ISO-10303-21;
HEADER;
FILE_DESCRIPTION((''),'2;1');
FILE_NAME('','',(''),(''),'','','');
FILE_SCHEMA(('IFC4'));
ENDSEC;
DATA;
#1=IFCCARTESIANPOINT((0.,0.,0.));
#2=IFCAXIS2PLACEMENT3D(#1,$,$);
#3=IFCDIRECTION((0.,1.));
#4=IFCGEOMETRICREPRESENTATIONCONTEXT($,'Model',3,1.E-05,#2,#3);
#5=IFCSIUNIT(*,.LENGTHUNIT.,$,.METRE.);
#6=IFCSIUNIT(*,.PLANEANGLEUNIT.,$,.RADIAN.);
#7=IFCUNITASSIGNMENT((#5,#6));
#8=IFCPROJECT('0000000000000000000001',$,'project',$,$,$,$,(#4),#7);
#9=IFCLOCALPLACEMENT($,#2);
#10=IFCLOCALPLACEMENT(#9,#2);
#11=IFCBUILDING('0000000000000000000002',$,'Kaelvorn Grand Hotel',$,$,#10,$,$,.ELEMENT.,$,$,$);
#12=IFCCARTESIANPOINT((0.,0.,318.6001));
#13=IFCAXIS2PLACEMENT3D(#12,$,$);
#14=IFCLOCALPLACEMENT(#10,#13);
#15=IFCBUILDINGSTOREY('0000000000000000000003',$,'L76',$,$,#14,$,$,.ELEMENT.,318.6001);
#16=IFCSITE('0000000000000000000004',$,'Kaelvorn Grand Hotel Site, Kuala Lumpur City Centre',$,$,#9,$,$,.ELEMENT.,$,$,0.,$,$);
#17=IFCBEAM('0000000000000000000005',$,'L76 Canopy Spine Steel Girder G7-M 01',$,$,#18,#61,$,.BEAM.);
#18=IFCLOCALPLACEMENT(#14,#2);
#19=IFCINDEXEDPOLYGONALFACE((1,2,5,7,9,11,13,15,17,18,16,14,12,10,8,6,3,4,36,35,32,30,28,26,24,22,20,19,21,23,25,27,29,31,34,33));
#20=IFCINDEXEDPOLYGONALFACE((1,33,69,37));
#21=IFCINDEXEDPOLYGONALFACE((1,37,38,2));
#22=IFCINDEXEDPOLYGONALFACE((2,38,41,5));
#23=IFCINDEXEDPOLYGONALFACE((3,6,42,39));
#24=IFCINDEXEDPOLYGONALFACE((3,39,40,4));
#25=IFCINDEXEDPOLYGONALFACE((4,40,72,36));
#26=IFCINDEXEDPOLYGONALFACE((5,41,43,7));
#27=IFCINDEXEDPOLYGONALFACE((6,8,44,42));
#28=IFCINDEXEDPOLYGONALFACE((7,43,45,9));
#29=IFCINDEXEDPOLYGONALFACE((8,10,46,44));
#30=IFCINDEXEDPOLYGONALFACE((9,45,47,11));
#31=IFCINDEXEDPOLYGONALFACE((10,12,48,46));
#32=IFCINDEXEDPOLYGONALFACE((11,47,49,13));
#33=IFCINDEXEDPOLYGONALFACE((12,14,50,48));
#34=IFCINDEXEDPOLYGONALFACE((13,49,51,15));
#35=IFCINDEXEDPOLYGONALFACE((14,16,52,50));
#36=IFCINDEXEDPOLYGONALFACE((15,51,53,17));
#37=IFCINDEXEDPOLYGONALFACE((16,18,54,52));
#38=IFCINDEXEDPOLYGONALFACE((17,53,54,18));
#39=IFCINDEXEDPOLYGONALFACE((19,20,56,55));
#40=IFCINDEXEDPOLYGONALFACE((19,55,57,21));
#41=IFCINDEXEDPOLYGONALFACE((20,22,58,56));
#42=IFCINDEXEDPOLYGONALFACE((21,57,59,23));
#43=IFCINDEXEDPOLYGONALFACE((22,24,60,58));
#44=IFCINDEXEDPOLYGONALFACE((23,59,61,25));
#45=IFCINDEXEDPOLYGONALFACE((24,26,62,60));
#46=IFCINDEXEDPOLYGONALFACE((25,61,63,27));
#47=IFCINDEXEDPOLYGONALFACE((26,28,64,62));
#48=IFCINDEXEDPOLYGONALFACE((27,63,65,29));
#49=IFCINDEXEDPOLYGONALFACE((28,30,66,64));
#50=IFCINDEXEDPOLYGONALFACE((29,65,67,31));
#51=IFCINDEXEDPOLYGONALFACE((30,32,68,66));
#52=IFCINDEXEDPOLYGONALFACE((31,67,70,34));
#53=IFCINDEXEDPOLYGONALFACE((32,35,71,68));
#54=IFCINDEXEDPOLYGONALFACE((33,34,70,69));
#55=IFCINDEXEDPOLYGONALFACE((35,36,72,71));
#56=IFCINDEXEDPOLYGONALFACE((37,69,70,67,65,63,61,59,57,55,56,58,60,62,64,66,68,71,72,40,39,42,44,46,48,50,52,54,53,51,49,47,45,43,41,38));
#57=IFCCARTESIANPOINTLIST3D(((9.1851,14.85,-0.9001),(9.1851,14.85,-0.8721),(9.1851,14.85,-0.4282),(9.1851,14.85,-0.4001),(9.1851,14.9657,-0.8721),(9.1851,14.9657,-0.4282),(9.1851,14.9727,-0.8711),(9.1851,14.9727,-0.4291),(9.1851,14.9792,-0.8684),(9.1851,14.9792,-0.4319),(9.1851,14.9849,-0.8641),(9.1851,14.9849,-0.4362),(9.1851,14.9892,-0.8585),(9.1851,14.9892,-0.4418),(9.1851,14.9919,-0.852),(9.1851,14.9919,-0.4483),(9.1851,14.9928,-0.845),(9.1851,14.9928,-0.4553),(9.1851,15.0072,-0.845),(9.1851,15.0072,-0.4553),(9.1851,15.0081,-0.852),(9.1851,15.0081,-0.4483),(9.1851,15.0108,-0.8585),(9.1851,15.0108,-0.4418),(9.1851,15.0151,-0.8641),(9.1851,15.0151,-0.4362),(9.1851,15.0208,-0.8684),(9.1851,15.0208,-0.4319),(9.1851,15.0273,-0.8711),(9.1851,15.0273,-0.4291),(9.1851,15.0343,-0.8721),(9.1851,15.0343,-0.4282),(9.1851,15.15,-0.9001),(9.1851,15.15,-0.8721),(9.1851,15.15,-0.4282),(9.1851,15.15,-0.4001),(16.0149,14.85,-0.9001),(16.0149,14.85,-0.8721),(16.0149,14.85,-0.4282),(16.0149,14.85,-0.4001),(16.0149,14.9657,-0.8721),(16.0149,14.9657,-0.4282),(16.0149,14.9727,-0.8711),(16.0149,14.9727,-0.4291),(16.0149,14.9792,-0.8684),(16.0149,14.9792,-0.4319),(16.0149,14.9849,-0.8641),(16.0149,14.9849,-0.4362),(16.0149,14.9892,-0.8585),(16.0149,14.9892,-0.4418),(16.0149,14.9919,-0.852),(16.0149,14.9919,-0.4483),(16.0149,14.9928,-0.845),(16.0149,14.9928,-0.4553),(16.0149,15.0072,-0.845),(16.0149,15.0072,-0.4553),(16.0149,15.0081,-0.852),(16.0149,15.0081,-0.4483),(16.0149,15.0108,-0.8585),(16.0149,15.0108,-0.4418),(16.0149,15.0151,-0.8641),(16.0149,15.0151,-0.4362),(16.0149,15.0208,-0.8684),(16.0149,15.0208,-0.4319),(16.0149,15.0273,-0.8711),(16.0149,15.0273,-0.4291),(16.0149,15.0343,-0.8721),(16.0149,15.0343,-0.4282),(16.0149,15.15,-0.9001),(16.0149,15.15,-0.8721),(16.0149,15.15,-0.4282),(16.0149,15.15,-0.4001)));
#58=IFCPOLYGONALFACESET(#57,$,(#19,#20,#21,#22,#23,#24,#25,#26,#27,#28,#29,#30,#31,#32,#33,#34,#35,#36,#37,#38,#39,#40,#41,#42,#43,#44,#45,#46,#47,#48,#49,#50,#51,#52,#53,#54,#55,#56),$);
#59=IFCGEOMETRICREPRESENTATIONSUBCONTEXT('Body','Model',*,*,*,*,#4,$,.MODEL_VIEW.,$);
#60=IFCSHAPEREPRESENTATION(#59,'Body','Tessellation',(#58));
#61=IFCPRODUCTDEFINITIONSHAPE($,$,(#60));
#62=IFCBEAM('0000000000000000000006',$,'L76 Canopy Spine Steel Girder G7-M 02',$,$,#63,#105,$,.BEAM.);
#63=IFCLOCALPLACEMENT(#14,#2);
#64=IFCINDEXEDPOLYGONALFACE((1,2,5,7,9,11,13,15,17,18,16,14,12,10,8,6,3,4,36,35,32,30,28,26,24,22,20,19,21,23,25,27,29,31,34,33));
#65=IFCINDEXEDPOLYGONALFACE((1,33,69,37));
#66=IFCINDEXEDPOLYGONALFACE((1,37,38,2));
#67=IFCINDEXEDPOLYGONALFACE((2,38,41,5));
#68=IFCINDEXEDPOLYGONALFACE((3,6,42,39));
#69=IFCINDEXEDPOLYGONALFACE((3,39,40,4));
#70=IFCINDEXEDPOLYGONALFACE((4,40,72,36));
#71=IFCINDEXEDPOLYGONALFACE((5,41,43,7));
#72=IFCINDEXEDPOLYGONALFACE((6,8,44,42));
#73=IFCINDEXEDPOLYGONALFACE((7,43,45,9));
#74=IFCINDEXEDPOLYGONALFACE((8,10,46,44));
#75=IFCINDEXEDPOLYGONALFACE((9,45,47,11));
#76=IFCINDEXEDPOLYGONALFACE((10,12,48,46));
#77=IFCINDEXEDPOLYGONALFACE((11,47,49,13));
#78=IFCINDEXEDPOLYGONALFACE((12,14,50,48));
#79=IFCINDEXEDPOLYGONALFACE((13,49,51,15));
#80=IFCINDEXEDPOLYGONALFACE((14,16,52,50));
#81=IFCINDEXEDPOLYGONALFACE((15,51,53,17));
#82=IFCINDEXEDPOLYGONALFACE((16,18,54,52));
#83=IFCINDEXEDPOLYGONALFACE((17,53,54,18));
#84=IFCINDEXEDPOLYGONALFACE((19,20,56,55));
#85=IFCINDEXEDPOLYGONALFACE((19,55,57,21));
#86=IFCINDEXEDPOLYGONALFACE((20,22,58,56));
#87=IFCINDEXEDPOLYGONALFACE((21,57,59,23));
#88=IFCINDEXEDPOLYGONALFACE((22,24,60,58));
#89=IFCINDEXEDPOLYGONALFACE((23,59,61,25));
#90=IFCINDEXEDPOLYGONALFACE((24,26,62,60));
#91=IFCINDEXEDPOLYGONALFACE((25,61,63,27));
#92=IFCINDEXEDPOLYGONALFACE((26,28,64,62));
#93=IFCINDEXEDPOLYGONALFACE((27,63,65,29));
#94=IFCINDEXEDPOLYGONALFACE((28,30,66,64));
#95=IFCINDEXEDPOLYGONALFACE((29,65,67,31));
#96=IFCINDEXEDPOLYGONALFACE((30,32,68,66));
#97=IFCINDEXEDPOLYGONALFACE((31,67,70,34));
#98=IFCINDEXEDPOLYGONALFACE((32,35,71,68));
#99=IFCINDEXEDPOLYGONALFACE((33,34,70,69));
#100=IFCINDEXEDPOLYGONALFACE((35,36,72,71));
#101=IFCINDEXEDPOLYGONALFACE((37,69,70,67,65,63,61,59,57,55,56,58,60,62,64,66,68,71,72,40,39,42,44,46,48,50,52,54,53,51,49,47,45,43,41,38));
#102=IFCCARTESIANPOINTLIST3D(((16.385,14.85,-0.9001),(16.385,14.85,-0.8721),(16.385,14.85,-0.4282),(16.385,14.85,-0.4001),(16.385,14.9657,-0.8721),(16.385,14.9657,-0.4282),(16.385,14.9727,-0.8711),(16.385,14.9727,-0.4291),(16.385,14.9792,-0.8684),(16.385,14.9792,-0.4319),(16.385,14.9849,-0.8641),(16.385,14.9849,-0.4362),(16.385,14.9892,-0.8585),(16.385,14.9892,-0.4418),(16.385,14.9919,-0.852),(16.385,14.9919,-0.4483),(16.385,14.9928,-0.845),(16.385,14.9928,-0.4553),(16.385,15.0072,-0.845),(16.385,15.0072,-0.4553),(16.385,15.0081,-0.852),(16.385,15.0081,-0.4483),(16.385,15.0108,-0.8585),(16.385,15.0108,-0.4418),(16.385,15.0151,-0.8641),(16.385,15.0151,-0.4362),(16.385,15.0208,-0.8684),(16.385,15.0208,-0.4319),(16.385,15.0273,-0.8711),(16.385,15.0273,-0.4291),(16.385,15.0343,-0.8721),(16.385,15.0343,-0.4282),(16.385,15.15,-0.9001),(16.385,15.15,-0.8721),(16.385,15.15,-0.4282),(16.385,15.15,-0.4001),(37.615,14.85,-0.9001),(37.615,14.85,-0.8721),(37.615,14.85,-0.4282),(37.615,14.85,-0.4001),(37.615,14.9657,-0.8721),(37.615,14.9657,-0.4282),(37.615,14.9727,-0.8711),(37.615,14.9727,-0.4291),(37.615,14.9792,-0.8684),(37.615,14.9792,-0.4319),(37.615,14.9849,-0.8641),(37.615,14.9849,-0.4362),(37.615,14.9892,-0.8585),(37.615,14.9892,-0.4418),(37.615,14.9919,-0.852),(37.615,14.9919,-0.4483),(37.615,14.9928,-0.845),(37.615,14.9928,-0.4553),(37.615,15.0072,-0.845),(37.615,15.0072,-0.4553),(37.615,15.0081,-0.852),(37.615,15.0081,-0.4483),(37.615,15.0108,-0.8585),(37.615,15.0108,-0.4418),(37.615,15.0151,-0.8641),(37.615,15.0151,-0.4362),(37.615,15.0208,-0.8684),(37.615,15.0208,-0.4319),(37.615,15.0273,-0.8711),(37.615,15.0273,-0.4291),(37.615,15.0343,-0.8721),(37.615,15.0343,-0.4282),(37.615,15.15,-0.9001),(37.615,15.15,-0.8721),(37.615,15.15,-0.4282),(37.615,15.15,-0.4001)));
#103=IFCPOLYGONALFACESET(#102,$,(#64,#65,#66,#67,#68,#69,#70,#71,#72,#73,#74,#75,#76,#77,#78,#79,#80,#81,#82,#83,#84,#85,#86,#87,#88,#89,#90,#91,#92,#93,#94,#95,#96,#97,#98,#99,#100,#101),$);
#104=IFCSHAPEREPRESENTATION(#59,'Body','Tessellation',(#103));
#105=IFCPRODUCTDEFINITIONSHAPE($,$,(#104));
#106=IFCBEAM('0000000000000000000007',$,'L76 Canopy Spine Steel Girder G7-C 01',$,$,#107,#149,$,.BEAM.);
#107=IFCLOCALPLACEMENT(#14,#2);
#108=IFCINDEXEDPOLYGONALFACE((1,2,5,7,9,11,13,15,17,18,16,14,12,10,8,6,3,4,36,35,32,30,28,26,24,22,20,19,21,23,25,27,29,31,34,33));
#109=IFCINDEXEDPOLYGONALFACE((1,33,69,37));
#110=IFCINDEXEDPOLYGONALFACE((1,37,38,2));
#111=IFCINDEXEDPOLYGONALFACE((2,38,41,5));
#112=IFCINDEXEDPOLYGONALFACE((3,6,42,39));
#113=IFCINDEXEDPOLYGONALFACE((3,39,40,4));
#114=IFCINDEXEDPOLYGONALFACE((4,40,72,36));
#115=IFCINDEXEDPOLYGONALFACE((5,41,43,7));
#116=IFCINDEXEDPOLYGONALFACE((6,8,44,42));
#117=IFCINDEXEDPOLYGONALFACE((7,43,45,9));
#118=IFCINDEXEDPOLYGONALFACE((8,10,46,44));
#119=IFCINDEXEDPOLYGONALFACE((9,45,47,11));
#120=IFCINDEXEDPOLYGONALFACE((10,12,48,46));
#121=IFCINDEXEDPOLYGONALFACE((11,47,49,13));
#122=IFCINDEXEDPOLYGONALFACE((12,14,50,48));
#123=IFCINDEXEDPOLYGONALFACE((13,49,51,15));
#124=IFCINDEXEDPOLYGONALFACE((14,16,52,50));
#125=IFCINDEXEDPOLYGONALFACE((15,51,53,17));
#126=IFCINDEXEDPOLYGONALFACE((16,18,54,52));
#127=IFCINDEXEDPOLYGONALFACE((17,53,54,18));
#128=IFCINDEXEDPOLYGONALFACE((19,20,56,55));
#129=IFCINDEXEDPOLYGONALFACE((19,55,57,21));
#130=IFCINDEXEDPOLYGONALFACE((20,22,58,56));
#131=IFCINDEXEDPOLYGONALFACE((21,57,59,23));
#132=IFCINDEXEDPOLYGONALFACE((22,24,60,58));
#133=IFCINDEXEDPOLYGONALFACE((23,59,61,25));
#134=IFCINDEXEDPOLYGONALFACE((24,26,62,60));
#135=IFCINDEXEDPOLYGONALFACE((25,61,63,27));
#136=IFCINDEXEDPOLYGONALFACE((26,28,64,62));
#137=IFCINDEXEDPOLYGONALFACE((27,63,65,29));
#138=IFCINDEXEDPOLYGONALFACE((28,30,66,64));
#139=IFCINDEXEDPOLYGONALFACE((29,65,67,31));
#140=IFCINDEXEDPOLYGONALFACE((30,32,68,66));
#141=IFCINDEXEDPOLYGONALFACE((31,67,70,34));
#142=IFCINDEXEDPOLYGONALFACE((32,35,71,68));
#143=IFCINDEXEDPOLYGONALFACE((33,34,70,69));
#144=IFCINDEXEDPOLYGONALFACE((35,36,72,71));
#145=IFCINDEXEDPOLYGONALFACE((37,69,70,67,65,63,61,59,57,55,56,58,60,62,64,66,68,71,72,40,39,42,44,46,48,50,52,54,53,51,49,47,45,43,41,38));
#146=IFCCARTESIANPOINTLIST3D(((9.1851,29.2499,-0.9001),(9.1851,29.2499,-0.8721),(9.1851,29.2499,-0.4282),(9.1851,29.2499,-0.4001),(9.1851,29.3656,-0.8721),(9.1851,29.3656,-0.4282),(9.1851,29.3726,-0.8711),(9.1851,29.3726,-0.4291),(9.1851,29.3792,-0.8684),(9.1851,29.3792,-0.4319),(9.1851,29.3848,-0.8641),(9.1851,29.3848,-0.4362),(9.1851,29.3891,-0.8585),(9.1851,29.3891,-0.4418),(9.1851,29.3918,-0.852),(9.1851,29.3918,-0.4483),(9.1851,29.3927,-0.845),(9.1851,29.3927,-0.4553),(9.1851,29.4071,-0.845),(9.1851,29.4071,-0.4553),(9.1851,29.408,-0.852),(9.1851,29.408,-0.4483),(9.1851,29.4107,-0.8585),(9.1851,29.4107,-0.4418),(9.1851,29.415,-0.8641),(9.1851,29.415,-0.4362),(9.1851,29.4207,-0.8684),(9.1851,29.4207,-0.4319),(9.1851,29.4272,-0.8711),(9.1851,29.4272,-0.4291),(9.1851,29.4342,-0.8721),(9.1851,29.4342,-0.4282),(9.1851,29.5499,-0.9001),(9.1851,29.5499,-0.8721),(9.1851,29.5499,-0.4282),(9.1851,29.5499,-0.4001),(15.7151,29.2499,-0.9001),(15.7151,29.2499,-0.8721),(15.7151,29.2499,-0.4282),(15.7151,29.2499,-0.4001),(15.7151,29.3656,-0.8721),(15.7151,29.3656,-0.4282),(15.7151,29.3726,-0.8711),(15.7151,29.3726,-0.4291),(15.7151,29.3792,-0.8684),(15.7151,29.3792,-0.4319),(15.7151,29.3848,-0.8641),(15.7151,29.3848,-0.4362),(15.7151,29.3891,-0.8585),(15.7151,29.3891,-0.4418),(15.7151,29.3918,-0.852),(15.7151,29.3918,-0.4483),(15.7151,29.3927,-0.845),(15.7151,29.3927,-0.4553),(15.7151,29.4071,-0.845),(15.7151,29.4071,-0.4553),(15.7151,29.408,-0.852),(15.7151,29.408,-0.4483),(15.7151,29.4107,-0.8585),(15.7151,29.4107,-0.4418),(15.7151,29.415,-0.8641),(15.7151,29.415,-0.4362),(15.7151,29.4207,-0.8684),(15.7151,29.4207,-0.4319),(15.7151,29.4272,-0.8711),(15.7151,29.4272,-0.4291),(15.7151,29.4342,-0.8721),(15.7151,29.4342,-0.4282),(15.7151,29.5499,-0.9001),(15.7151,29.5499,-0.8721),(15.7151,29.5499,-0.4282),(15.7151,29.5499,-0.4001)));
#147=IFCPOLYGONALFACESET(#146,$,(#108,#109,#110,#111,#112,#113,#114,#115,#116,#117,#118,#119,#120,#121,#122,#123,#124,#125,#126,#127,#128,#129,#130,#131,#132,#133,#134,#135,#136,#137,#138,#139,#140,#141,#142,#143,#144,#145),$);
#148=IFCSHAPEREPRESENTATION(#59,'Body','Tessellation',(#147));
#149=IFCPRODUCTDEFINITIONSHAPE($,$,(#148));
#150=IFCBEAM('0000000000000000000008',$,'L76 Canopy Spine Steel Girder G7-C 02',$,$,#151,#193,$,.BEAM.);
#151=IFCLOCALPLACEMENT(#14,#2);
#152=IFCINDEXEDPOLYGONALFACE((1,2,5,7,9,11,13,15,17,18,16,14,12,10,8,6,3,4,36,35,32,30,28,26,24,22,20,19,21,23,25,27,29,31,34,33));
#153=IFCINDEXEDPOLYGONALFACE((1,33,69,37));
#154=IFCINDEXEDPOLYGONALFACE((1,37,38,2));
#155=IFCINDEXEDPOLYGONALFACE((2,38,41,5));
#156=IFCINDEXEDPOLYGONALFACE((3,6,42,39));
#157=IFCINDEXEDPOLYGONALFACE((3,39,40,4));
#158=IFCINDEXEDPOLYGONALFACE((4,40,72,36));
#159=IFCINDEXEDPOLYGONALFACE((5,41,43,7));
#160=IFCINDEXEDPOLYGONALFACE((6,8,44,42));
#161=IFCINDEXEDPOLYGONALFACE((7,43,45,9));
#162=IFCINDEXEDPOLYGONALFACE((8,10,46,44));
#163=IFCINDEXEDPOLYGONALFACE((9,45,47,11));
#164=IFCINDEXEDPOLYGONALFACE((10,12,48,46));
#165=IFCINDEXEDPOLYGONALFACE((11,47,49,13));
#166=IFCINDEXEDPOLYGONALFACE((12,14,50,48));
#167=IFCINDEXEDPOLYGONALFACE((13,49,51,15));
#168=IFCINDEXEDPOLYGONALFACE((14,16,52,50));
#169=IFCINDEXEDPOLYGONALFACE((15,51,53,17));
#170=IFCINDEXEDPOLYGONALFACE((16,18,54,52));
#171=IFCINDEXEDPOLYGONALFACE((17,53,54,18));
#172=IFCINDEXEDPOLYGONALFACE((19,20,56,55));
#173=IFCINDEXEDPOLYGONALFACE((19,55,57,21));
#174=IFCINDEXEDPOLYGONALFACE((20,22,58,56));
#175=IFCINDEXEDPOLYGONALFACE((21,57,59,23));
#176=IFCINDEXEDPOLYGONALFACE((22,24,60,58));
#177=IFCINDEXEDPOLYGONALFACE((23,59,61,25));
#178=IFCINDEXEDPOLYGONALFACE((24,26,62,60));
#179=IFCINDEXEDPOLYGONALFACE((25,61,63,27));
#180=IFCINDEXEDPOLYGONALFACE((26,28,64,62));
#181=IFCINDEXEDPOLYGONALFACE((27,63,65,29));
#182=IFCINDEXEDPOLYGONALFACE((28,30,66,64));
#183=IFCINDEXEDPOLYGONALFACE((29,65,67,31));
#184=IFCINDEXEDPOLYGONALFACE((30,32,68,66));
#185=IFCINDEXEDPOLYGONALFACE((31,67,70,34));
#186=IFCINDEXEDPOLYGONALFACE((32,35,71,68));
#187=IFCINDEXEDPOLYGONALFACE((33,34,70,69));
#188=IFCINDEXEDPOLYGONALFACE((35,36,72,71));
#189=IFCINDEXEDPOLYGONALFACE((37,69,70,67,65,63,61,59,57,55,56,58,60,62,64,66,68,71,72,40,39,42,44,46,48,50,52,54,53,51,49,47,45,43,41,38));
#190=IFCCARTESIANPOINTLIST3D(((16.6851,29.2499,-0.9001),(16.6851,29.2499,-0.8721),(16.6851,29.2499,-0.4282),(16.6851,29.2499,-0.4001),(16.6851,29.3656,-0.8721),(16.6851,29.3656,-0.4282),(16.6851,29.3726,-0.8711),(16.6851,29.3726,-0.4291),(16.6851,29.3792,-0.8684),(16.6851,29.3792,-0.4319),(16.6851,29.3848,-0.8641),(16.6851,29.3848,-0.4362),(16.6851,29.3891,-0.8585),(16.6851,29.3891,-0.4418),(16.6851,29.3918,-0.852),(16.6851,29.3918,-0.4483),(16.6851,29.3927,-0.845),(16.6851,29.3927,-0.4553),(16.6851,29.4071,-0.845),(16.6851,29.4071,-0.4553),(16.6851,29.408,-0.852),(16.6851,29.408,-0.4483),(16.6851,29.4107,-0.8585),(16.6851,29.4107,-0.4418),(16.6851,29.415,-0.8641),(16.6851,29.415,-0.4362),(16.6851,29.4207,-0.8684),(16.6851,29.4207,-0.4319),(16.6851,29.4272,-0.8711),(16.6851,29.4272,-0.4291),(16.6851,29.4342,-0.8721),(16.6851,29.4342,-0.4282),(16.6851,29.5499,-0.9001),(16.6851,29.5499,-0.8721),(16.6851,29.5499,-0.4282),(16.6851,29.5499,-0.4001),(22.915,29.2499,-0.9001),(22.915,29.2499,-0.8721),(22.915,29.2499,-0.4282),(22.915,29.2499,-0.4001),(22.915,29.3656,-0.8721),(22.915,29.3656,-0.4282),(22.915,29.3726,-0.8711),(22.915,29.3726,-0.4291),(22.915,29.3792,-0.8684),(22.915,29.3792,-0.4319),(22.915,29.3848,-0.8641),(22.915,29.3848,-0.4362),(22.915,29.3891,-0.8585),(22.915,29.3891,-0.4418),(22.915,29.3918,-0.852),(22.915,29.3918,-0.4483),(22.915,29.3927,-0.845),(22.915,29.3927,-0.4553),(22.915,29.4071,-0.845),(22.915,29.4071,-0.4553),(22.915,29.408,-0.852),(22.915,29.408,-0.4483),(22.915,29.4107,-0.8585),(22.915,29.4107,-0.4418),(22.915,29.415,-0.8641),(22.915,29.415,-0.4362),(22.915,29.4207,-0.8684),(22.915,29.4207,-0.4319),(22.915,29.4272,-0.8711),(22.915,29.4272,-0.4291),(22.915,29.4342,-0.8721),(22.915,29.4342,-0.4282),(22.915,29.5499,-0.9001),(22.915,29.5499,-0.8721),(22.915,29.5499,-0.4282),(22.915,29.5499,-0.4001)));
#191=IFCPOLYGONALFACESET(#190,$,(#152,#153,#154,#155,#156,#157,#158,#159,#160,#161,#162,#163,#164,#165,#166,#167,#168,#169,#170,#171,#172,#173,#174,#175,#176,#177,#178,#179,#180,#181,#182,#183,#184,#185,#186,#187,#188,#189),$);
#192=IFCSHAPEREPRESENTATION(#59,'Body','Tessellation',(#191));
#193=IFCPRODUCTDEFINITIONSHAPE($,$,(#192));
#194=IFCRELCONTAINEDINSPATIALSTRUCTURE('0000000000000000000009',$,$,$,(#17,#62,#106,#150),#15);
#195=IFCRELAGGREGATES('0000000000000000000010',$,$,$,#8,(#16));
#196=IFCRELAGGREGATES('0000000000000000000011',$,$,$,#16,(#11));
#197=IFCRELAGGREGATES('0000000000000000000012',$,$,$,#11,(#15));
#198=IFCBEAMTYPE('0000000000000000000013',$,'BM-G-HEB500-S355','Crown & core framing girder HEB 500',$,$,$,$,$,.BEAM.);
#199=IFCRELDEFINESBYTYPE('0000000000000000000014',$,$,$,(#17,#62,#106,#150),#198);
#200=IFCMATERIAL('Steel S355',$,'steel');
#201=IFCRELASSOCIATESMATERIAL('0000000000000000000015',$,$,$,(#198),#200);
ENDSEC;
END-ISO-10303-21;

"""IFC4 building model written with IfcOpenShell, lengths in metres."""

from ifc_helpers import new_model, si_unit, direction, frame, origin, origin_2d, place, context, subcontext, project, spatial, i_section, extrude, material, material_profile, profile_set, type_object, element, save


model = new_model("IFC4")

# Units and contexts
model_context = context("Model", 3, precision=1e-05, world=origin(), true_north=direction((0.0, 1.0)))
body_context = subcontext(model_context, "Body", "Model", "MODEL_VIEW")
ifc_project = project(units=[si_unit("LENGTHUNIT", "METRE"), si_unit("PLANEANGLEUNIT", "RADIAN")], contexts=[model_context])

# Site, building, storey
site_placement = place(None, origin())
site = spatial("IfcSite", under=ifc_project, at=site_placement, Name="Kaelvorn Grand Hotel Site, Kuala Lumpur City Centre", CompositionType="ELEMENT", RefElevation=0.0)
building_placement = place(site_placement, origin())
building = spatial("IfcBuilding", under=site, at=building_placement, Name="Kaelvorn Grand Hotel", CompositionType="ELEMENT")
storey_placement = place(building_placement, frame((0.0, 0.0, 318.6001)))
storey = spatial("IfcBuildingStorey", under=building, at=storey_placement, Name="L76", CompositionType="ELEMENT", Elevation=318.6001)

# Beams
ifc_material_1 = material(Name="Steel S355", Category="steel")
ifc_material_profile_1 = material_profile(ifc_material_1, i_section(OverallWidth=0.3, OverallDepth=0.5, WebThickness=0.0144, FlangeThickness=0.0281, FilletRadius=0.0271, at=origin_2d()), Name="HEB 500")
ifc_profile_set_1 = profile_set([ifc_material_profile_1], Name="Steel S355")
beam_type = type_object("IfcBeamType", Name="BM-G-HEB500-S355", Description="Crown & core framing girder HEB 500", PredefinedType="BEAM", material=ifc_profile_set_1)
beam_1_placement = place(storey_placement, frame((9.1851, 15.0, -0.6501), z_axis=(1.0, 0.0, 0.0), x_axis=(0.0, 1.0, 0.0)))
element("IfcBeam", 1, at=beam_1_placement, inside=storey, type_object=beam_type, Name="L76 Canopy Spine Steel Girder G7-M 01", PredefinedType="BEAM", context=body_context, shape_type="SweptSolid", body=[
    extrude(i_section(OverallWidth=0.3, OverallDepth=0.5, WebThickness=0.0144, FlangeThickness=0.0281, FilletRadius=0.0271, at=origin_2d()), origin(), (0.0, 0.0, 1.0), 6.8298),
])
beam_2_placement = place(storey_placement, frame((16.385, 15.0, -0.6501), z_axis=(1.0, 0.0, 0.0), x_axis=(0.0, 1.0, 0.0)))
element("IfcBeam", 2, at=beam_2_placement, inside=storey, type_object=beam_type, Name="L76 Canopy Spine Steel Girder G7-M 02", PredefinedType="BEAM", context=body_context, shape_type="SweptSolid", body=[
    extrude(i_section(OverallWidth=0.3, OverallDepth=0.5, WebThickness=0.0144, FlangeThickness=0.0281, FilletRadius=0.0271, at=origin_2d()), origin(), (0.0, 0.0, 1.0), 21.23),
])
beam_3_placement = place(storey_placement, frame((9.1851, 29.3999, -0.6501), z_axis=(1.0, 0.0, 0.0), x_axis=(0.0, 1.0, 0.0)))
element("IfcBeam", 3, at=beam_3_placement, inside=storey, type_object=beam_type, Name="L76 Canopy Spine Steel Girder G7-C 01", PredefinedType="BEAM", context=body_context, shape_type="SweptSolid", body=[
    extrude(i_section(OverallWidth=0.3, OverallDepth=0.5, WebThickness=0.0144, FlangeThickness=0.0281, FilletRadius=0.0271, at=origin_2d()), origin(), (0.0, 0.0, 1.0), 6.53),
])
for number, where, z_axis, x_axis, name in (
    (4, (16.6851, 29.3999, -0.6501), (1.0, 0.0, 0.0), (0.0, 1.0, 0.0), "L76 Canopy Spine Steel Girder G7-C 02"),
):
    element("IfcBeam", number, at=place(storey_placement, frame(where, z_axis=z_axis, x_axis=x_axis)), inside=storey, type_object=beam_type, Name=name, PredefinedType="BEAM", context=body_context, shape_type="SweptSolid", body=[
        extrude(i_section(OverallWidth=0.3, OverallDepth=0.5, WebThickness=0.0144, FlangeThickness=0.0281, FilletRadius=0.0271, at=origin_2d()), origin(), (0.0, 0.0, 1.0), 6.23),
    ])

save(model, "model.ifc")
